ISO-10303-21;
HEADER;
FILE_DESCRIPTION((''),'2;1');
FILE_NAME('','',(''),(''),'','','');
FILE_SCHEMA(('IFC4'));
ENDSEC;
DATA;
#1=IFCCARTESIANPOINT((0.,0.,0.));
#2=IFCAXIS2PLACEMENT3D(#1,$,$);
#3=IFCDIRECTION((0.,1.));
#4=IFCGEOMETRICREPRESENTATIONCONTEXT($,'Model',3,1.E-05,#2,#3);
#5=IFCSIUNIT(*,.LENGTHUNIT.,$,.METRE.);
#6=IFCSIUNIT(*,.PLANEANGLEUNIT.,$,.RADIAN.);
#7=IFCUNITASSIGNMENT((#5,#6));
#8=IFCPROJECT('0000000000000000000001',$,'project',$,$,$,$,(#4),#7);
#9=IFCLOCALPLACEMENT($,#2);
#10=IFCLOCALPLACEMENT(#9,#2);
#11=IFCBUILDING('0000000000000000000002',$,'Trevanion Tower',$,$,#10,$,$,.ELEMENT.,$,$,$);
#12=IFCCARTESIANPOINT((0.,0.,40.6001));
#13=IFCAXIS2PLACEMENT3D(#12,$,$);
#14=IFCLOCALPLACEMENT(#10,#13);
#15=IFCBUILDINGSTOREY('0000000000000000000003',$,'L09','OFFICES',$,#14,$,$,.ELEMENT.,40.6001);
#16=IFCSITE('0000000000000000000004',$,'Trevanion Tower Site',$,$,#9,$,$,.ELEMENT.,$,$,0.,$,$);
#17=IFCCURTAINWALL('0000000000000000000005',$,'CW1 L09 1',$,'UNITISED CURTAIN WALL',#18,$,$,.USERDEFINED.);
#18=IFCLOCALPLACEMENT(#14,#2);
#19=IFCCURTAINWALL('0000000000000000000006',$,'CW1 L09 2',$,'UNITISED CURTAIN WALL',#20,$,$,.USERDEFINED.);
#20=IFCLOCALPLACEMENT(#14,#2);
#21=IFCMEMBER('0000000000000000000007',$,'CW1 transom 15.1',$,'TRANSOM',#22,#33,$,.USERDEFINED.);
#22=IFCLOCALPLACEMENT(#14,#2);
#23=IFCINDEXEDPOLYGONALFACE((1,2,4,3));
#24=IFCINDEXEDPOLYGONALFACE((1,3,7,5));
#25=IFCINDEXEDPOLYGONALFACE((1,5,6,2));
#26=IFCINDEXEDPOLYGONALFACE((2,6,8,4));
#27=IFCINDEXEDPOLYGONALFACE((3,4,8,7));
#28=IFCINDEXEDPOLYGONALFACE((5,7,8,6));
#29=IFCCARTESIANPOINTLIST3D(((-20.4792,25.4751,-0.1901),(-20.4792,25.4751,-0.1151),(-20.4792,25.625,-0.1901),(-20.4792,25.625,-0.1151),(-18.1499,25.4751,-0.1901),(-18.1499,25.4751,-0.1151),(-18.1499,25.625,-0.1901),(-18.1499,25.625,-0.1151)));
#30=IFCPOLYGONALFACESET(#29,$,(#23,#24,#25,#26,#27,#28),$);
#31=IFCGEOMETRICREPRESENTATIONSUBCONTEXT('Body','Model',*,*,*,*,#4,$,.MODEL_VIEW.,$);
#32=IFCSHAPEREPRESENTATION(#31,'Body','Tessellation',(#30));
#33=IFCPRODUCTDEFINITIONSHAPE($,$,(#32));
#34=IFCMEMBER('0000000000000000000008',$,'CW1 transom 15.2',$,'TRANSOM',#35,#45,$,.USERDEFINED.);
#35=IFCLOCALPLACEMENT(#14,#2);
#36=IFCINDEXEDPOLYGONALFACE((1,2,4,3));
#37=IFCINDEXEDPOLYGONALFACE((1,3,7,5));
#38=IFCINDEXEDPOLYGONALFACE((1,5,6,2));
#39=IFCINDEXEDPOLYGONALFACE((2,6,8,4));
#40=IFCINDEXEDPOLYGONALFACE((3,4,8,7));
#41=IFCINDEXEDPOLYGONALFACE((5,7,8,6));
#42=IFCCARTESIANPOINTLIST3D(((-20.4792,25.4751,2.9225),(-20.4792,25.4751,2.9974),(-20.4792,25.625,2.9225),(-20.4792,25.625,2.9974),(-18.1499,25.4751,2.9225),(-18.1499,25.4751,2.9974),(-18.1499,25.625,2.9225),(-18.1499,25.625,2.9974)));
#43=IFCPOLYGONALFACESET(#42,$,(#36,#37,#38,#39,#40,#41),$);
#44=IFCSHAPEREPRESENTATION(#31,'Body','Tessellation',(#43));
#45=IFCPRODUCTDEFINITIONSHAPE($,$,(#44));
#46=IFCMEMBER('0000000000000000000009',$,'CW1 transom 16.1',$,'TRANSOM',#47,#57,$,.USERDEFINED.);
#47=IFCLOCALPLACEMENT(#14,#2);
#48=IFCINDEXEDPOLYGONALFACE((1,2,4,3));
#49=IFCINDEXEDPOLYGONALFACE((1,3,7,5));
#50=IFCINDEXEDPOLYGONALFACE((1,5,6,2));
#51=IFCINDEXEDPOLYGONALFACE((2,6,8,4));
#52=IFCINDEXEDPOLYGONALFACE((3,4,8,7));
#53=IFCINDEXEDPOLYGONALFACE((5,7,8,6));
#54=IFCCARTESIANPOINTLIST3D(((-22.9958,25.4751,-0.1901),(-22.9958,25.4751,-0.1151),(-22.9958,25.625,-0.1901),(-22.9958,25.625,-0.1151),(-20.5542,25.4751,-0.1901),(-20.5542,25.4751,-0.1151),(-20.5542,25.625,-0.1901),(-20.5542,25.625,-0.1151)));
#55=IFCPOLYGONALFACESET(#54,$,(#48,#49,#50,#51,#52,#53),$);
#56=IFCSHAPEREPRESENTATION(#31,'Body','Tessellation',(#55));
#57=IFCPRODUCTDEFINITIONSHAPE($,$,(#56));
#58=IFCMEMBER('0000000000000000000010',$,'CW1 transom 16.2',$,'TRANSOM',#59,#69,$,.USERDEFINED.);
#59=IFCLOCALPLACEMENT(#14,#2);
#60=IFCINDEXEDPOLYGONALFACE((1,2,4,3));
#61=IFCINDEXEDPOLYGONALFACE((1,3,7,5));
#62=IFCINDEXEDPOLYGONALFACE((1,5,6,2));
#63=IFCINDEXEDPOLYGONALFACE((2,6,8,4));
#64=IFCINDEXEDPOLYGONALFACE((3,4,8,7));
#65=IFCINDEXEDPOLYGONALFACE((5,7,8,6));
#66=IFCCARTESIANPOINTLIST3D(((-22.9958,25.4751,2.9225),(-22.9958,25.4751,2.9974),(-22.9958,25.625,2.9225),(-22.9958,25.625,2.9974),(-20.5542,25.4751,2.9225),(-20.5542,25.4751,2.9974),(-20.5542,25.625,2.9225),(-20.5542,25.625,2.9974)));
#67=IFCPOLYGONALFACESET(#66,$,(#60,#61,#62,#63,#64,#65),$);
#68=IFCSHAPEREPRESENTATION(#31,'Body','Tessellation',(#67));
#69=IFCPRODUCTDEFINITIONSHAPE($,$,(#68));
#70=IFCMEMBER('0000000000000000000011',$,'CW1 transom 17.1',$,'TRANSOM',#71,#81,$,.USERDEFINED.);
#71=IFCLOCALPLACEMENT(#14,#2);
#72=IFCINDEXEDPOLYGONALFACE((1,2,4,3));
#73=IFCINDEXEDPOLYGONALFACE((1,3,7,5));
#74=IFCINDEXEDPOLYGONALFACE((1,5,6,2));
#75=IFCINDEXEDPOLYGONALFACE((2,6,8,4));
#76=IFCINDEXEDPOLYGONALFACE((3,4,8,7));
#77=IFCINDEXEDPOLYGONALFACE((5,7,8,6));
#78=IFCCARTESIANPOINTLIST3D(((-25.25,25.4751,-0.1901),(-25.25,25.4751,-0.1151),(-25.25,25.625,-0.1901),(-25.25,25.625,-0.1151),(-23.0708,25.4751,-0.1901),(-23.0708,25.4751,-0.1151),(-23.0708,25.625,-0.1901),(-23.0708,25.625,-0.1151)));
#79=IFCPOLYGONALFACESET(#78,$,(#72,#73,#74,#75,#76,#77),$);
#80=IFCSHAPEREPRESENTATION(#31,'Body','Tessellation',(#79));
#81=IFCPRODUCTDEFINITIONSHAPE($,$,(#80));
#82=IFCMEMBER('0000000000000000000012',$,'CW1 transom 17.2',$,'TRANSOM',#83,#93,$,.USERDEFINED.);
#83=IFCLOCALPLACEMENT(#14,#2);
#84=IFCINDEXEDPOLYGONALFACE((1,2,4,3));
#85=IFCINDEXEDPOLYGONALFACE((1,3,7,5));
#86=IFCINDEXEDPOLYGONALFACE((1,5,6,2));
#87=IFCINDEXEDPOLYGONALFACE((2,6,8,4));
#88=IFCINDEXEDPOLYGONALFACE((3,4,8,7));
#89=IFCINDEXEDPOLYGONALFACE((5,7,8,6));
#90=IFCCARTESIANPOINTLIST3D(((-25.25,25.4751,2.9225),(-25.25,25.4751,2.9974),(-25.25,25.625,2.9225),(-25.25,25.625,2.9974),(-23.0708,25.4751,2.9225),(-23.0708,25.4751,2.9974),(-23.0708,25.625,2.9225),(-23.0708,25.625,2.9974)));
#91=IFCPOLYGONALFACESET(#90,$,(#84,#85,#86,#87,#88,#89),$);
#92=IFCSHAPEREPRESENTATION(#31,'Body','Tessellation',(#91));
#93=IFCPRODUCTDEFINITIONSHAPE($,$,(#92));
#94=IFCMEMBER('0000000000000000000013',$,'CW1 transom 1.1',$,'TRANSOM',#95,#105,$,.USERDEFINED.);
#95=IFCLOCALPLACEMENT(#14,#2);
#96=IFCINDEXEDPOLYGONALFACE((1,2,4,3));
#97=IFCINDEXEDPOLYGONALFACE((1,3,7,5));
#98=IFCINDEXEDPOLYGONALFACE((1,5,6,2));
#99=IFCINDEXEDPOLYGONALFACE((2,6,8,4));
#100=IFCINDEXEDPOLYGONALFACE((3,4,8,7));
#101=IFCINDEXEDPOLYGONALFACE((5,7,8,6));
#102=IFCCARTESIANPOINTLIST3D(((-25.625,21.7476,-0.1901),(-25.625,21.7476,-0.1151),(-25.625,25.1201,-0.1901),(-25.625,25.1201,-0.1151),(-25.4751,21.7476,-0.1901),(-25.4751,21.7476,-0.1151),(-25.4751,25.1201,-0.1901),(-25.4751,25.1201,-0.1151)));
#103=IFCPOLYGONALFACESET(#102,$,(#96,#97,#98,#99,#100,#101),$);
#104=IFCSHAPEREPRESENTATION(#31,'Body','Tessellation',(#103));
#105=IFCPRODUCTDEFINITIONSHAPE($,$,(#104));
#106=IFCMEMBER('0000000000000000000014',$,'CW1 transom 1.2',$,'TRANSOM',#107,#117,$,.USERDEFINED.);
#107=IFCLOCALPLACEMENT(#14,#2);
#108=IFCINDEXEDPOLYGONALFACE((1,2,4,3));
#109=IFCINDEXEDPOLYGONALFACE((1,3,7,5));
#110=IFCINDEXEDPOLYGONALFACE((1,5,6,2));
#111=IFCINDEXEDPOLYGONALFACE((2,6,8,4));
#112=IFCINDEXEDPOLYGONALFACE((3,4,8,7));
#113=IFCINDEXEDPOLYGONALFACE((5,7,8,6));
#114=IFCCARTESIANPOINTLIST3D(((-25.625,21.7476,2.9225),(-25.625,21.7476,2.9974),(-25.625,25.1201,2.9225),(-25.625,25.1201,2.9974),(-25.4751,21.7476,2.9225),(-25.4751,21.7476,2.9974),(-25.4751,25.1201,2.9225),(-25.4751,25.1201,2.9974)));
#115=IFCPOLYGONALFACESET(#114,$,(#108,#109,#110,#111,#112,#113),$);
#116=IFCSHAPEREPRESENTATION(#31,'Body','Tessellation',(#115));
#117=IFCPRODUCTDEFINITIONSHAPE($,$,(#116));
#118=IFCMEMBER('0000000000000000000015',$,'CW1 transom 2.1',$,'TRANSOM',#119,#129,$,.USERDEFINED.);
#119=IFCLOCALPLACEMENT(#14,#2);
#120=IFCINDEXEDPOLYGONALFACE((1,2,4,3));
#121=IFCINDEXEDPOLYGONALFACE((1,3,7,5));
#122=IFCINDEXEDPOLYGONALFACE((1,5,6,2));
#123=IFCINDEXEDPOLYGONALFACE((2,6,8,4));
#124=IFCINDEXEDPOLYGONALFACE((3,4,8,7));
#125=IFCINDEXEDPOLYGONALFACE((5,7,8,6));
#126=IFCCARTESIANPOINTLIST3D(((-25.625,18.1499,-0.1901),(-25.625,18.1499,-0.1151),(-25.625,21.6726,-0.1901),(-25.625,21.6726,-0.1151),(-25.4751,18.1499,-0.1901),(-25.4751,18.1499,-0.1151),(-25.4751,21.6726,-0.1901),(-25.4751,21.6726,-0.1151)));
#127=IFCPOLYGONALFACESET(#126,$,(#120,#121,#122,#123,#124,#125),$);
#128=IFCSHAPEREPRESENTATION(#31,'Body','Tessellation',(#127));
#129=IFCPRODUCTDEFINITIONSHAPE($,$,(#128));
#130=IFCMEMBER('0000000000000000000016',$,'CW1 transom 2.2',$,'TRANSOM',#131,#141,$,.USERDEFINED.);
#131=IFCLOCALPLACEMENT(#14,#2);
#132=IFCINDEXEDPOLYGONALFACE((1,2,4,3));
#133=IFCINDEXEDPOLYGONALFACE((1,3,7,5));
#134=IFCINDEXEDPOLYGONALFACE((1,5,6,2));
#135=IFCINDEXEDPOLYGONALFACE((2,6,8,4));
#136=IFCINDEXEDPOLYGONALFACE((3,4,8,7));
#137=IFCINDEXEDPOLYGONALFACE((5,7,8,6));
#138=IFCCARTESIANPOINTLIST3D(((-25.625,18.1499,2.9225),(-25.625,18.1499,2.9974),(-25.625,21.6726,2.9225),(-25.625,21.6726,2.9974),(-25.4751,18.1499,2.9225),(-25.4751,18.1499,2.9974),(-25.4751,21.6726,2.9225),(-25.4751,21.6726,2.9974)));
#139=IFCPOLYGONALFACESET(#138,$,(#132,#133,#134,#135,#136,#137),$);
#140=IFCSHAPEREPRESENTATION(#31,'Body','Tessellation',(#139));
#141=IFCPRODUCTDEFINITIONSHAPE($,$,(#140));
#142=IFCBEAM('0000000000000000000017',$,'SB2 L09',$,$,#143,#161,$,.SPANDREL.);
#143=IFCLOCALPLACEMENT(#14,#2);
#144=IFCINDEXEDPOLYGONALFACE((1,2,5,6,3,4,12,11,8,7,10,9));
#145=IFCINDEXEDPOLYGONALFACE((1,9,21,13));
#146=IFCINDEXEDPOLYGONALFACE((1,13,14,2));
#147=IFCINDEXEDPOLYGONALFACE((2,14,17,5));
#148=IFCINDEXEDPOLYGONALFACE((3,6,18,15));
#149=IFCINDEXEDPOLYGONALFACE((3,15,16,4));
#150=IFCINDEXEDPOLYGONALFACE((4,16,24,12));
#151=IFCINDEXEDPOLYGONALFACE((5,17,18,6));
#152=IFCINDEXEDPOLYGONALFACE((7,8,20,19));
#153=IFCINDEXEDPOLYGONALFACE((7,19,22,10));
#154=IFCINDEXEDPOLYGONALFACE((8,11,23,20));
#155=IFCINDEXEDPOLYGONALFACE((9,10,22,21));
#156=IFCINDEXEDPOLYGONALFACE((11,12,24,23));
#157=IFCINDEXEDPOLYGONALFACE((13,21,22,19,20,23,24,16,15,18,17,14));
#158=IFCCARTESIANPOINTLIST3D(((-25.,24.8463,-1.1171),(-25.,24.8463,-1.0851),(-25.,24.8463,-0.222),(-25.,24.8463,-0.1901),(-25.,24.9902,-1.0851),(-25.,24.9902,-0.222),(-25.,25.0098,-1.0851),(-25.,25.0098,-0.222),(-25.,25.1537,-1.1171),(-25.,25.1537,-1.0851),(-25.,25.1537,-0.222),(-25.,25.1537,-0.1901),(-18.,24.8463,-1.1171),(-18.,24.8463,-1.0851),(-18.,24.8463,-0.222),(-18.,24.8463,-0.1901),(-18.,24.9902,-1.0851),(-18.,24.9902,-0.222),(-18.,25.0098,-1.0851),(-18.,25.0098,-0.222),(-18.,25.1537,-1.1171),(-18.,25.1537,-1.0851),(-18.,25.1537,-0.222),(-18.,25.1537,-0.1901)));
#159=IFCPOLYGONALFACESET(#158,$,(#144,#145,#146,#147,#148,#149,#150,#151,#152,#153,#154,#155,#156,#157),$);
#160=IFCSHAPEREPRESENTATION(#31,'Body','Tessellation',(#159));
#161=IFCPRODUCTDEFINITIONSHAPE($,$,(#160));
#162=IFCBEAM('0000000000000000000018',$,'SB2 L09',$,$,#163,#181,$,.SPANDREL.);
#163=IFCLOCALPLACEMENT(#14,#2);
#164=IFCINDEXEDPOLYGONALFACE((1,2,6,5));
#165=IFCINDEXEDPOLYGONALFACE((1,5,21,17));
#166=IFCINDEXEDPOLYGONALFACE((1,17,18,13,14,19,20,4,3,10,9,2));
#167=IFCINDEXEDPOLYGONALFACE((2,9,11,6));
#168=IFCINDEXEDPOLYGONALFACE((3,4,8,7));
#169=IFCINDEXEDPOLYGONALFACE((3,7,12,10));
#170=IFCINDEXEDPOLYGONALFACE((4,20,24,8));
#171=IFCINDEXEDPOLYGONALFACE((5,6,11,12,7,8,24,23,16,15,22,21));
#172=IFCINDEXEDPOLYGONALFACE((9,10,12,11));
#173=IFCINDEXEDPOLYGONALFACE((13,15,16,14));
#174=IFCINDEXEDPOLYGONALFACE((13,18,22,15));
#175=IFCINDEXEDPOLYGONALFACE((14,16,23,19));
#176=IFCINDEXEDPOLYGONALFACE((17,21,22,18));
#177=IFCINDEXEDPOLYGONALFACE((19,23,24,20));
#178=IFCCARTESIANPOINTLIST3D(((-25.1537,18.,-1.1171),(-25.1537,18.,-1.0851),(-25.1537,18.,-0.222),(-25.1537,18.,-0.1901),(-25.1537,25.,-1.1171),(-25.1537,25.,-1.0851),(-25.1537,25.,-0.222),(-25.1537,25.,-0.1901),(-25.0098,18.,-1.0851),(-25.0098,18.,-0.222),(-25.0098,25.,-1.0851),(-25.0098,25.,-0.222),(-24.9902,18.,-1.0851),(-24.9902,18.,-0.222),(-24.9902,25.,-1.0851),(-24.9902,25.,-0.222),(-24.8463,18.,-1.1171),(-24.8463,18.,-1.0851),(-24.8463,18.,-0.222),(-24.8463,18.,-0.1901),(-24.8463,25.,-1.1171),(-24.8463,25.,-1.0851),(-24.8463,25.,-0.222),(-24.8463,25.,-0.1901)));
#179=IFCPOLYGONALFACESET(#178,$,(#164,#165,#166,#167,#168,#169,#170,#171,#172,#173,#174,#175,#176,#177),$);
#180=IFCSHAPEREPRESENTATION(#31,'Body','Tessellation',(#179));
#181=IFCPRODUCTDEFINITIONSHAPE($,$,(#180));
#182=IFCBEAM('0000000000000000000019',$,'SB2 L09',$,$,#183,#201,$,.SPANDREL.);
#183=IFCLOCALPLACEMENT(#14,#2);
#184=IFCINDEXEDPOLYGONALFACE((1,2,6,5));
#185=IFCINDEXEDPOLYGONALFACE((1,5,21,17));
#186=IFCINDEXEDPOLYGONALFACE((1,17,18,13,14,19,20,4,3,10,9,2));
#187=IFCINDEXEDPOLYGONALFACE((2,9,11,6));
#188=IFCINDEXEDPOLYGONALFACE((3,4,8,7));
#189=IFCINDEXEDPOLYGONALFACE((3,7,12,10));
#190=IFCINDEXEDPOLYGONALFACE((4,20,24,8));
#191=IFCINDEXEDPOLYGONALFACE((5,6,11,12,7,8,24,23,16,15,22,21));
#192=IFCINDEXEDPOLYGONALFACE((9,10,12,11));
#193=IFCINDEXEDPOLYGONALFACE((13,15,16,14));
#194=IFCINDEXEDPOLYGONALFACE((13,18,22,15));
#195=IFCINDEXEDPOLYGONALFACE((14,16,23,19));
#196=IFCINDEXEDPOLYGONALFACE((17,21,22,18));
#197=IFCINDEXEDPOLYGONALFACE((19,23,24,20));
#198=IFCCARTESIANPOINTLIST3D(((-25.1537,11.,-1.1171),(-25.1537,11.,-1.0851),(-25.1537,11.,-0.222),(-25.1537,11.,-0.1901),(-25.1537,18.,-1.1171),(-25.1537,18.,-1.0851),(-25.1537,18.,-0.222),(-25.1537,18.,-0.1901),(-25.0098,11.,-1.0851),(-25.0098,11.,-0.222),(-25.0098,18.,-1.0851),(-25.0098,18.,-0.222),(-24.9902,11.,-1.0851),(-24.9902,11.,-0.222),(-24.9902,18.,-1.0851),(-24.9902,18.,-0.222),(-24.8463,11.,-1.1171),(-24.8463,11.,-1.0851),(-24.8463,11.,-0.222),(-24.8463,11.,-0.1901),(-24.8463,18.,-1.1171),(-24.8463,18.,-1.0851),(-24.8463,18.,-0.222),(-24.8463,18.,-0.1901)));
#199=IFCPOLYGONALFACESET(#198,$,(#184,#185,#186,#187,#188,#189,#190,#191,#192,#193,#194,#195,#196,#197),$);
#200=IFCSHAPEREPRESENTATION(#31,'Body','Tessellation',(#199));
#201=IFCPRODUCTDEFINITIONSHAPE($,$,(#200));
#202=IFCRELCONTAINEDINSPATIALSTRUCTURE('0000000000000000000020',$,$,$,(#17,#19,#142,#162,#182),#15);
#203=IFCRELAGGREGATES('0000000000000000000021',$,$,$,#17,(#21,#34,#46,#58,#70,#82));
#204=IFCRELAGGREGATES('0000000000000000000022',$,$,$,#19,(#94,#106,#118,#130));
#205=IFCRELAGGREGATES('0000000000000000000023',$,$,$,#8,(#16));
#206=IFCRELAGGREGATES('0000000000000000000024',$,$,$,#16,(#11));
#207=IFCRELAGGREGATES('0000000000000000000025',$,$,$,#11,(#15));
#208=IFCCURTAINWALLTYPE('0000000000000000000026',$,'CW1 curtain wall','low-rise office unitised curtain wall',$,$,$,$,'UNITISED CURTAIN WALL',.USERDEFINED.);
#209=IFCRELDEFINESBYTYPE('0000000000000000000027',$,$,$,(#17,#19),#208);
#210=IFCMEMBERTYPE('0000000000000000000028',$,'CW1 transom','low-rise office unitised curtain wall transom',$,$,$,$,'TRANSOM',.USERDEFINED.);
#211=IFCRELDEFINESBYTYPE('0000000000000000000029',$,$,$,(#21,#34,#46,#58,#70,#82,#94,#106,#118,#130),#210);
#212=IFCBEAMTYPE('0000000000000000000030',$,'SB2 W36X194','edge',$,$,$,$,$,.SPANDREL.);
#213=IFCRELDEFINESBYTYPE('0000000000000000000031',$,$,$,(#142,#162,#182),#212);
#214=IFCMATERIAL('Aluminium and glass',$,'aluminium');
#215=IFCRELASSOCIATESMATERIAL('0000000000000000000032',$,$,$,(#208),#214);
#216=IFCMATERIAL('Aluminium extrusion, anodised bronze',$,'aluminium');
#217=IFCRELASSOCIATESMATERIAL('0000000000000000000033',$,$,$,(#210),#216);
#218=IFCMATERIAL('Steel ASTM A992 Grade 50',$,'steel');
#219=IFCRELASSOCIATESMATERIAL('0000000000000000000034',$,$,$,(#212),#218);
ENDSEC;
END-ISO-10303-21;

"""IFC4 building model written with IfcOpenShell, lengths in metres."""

from ifc_helpers import new_model, si_unit, direction, frame, origin, origin_2d, place, context, subcontext, project, spatial, rectangle, i_section, extrude, material, material_profile, profile_set, type_object, element, aggregate, save


model = new_model("IFC4")

# Units and contexts
model_context = context("Model", 3, precision=1e-05, world=origin(), true_north=direction((0.0, 1.0)))
body_context = subcontext(model_context, "Body", "Model", "MODEL_VIEW")
ifc_project = project(units=[si_unit("LENGTHUNIT", "METRE"), si_unit("PLANEANGLEUNIT", "RADIAN")], contexts=[model_context])

# Site, building, storey
site_placement = place(None, origin())
site = spatial("IfcSite", under=ifc_project, at=site_placement, Name="Trevanion Tower Site", CompositionType="ELEMENT", RefElevation=0.0)
building_placement = place(site_placement, origin())
building = spatial("IfcBuilding", under=site, at=building_placement, Name="Trevanion Tower", CompositionType="ELEMENT")
storey_placement = place(building_placement, frame((0.0, 0.0, 40.6001)))
storey = spatial("IfcBuildingStorey", under=building, at=storey_placement, Name="L09", Description="OFFICES", CompositionType="ELEMENT", Elevation=40.6001)

# Curtain wall
ifc_material_1 = material(Name="Aluminium and glass", Category="aluminium")
curtain_wall_type = type_object("IfcCurtainWallType", Name="CW1 curtain wall", Description="low-rise office unitised curtain wall", ElementType="UNITISED CURTAIN WALL", PredefinedType="USERDEFINED", material=ifc_material_1)
curtain_wall_1_placement = place(storey_placement, origin())
curtain_wall_1 = element("IfcCurtainWall", 1, at=curtain_wall_1_placement, inside=storey, type_object=curtain_wall_type, Name="CW1 L09 1", ObjectType="UNITISED CURTAIN WALL", PredefinedType="USERDEFINED")

# Curtain wall
curtain_wall_2_placement = place(storey_placement, origin())
curtain_wall_2 = element("IfcCurtainWall", 2, at=curtain_wall_2_placement, inside=storey, type_object=curtain_wall_type, Name="CW1 L09 2", ObjectType="UNITISED CURTAIN WALL", PredefinedType="USERDEFINED")

# Members
ifc_material_2 = material(Name="Aluminium extrusion, anodised bronze", Category="aluminium")
ifc_material_profile_1 = material_profile(ifc_material_2, rectangle(XDim=0.1499, YDim=0.075, at=origin_2d()), Name="CW1 transom")
ifc_profile_set_1 = profile_set([ifc_material_profile_1], Name="Aluminium extrusion, anodised bronze")
member_type_1 = type_object("IfcMemberType", Name="CW1 transom", Description="low-rise office unitised curtain wall transom", ElementType="TRANSOM", PredefinedType="USERDEFINED", material=ifc_profile_set_1)
member_1_placement = place(storey_placement, frame((-18.1499, 25.55, -0.1526), z_axis=(-1.0, 0.0, 0.0), x_axis=(0.0, -1.0, 0.0)))
member_1 = element("IfcMember", 3, at=member_1_placement, type_object=member_type_1, Name="CW1 transom 15.1", ObjectType="TRANSOM", PredefinedType="USERDEFINED", context=body_context, shape_type="SweptSolid", body=[
    extrude(rectangle(XDim=0.1499, YDim=0.075, at=origin_2d()), origin(), (0.0, 0.0, 1.0), 2.3293),
])
member_2_placement = place(storey_placement, frame((-18.1499, 25.55, 2.96), z_axis=(-1.0, 0.0, 0.0), x_axis=(0.0, -1.0, 0.0)))
member_2 = element("IfcMember", 4, at=member_2_placement, type_object=member_type_1, Name="CW1 transom 15.2", ObjectType="TRANSOM", PredefinedType="USERDEFINED", context=body_context, shape_type="SweptSolid", body=[
    extrude(rectangle(XDim=0.1499, YDim=0.075, at=origin_2d()), origin(), (0.0, 0.0, 1.0), 2.3293),
])
member_3_placement = place(storey_placement, frame((-20.5542, 25.55, -0.1526), z_axis=(-1.0, 0.0, 0.0), x_axis=(0.0, -1.0, 0.0)))
member_3 = element("IfcMember", 5, at=member_3_placement, type_object=member_type_1, Name="CW1 transom 16.1", ObjectType="TRANSOM", PredefinedType="USERDEFINED", context=body_context, shape_type="SweptSolid", body=[
    extrude(rectangle(XDim=0.1499, YDim=0.075, at=origin_2d()), origin(), (0.0, 0.0, 1.0), 2.4417),
])
member_4_placement = place(storey_placement, frame((-20.5542, 25.55, 2.96), z_axis=(-1.0, 0.0, 0.0), x_axis=(0.0, -1.0, 0.0)))
member_4 = element("IfcMember", 6, at=member_4_placement, type_object=member_type_1, Name="CW1 transom 16.2", ObjectType="TRANSOM", PredefinedType="USERDEFINED", context=body_context, shape_type="SweptSolid", body=[
    extrude(rectangle(XDim=0.1499, YDim=0.075, at=origin_2d()), origin(), (0.0, 0.0, 1.0), 2.4417),
])
member_5_placement = place(storey_placement, frame((-23.0708, 25.55, -0.1526), z_axis=(-1.0, 0.0, 0.0), x_axis=(0.0, -1.0, 0.0)))
member_5 = element("IfcMember", 7, at=member_5_placement, type_object=member_type_1, Name="CW1 transom 17.1", ObjectType="TRANSOM", PredefinedType="USERDEFINED", context=body_context, shape_type="SweptSolid", body=[
    extrude(rectangle(XDim=0.1499, YDim=0.075, at=origin_2d()), origin(), (0.0, 0.0, 1.0), 2.1792),
])
member_6_placement = place(storey_placement, frame((-23.0708, 25.55, 2.96), z_axis=(-1.0, 0.0, 0.0), x_axis=(0.0, -1.0, 0.0)))
member_6 = element("IfcMember", 8, at=member_6_placement, type_object=member_type_1, Name="CW1 transom 17.2", ObjectType="TRANSOM", PredefinedType="USERDEFINED", context=body_context, shape_type="SweptSolid", body=[
    extrude(rectangle(XDim=0.1499, YDim=0.075, at=origin_2d()), origin(), (0.0, 0.0, 1.0), 2.1792),
])
member_7_placement = place(storey_placement, frame((-25.55, 25.1201, -0.1526), z_axis=(0.0, -1.0, 0.0), x_axis=(1.0, 0.0, 0.0)))
member_7 = element("IfcMember", 9, at=member_7_placement, type_object=member_type_1, Name="CW1 transom 1.1", ObjectType="TRANSOM", PredefinedType="USERDEFINED", context=body_context, shape_type="SweptSolid", body=[
    extrude(rectangle(XDim=0.1499, YDim=0.075, at=origin_2d()), origin(), (0.0, 0.0, 1.0), 3.3726),
])
member_8_placement = place(storey_placement, frame((-25.55, 25.1201, 2.96), z_axis=(0.0, -1.0, 0.0), x_axis=(1.0, 0.0, 0.0)))
member_8 = element("IfcMember", 10, at=member_8_placement, type_object=member_type_1, Name="CW1 transom 1.2", ObjectType="TRANSOM", PredefinedType="USERDEFINED", context=body_context, shape_type="SweptSolid", body=[
    extrude(rectangle(XDim=0.1499, YDim=0.075, at=origin_2d()), origin(), (0.0, 0.0, 1.0), 3.3726),
])
member_9_placement = place(storey_placement, frame((-25.55, 21.6726, -0.1526), z_axis=(0.0, -1.0, 0.0), x_axis=(1.0, 0.0, 0.0)))
member_9 = element("IfcMember", 11, at=member_9_placement, type_object=member_type_1, Name="CW1 transom 2.1", ObjectType="TRANSOM", PredefinedType="USERDEFINED", context=body_context, shape_type="SweptSolid", body=[
    extrude(rectangle(XDim=0.1499, YDim=0.075, at=origin_2d()), origin(), (0.0, 0.0, 1.0), 3.5227),
])
member_10_placement = place(storey_placement, frame((-25.55, 21.6726, 2.96), z_axis=(0.0, -1.0, 0.0), x_axis=(1.0, 0.0, 0.0)))
member_10 = element("IfcMember", 12, at=member_10_placement, type_object=member_type_1, Name="CW1 transom 2.2", ObjectType="TRANSOM", PredefinedType="USERDEFINED", context=body_context, shape_type="SweptSolid", body=[
    extrude(rectangle(XDim=0.1499, YDim=0.075, at=origin_2d()), origin(), (0.0, 0.0, 1.0), 3.5227),
])

# Beams
ifc_material_3 = material(Name="Steel ASTM A992 Grade 50", Category="steel")
ifc_material_profile_2 = material_profile(ifc_material_3, i_section(OverallWidth=0.3074, OverallDepth=0.927, WebThickness=0.0195, FlangeThickness=0.032, at=origin_2d()), Name="W36X194")
ifc_profile_set_2 = profile_set([ifc_material_profile_2], Name="Steel ASTM A992 Grade 50")
beam_type = type_object("IfcBeamType", Name="SB2 W36X194", Description="edge", PredefinedType="SPANDREL", material=ifc_profile_set_2)
for number, where, z_axis, x_axis, name in (
    (13, (-18.0, 25.0, -0.6536), (-1.0, 0.0, 0.0), (0.0, -1.0, 0.0), "SB2 L09"),
    (14, (-25.0, 25.0, -0.6536), (0.0, -1.0, 0.0), (1.0, 0.0, 0.0), "SB2 L09"),
    (15, (-25.0, 18.0, -0.6536), (0.0, -1.0, 0.0), (1.0, 0.0, 0.0), "SB2 L09"),
):
    element("IfcBeam", number, at=place(storey_placement, frame(where, z_axis=z_axis, x_axis=x_axis)), inside=storey, type_object=beam_type, Name=name, PredefinedType="SPANDREL", context=body_context, shape_type="SweptSolid", body=[
        extrude(i_section(OverallWidth=0.3074, OverallDepth=0.927, WebThickness=0.0195, FlangeThickness=0.032, at=origin_2d()), origin(), (0.0, 0.0, 1.0), 7.0),
    ])

aggregate(curtain_wall_1, [member_1, member_2, member_3, member_4, member_5, member_6])
aggregate(curtain_wall_2, [member_7, member_8, member_9, member_10])

save(model, "model.ifc")
